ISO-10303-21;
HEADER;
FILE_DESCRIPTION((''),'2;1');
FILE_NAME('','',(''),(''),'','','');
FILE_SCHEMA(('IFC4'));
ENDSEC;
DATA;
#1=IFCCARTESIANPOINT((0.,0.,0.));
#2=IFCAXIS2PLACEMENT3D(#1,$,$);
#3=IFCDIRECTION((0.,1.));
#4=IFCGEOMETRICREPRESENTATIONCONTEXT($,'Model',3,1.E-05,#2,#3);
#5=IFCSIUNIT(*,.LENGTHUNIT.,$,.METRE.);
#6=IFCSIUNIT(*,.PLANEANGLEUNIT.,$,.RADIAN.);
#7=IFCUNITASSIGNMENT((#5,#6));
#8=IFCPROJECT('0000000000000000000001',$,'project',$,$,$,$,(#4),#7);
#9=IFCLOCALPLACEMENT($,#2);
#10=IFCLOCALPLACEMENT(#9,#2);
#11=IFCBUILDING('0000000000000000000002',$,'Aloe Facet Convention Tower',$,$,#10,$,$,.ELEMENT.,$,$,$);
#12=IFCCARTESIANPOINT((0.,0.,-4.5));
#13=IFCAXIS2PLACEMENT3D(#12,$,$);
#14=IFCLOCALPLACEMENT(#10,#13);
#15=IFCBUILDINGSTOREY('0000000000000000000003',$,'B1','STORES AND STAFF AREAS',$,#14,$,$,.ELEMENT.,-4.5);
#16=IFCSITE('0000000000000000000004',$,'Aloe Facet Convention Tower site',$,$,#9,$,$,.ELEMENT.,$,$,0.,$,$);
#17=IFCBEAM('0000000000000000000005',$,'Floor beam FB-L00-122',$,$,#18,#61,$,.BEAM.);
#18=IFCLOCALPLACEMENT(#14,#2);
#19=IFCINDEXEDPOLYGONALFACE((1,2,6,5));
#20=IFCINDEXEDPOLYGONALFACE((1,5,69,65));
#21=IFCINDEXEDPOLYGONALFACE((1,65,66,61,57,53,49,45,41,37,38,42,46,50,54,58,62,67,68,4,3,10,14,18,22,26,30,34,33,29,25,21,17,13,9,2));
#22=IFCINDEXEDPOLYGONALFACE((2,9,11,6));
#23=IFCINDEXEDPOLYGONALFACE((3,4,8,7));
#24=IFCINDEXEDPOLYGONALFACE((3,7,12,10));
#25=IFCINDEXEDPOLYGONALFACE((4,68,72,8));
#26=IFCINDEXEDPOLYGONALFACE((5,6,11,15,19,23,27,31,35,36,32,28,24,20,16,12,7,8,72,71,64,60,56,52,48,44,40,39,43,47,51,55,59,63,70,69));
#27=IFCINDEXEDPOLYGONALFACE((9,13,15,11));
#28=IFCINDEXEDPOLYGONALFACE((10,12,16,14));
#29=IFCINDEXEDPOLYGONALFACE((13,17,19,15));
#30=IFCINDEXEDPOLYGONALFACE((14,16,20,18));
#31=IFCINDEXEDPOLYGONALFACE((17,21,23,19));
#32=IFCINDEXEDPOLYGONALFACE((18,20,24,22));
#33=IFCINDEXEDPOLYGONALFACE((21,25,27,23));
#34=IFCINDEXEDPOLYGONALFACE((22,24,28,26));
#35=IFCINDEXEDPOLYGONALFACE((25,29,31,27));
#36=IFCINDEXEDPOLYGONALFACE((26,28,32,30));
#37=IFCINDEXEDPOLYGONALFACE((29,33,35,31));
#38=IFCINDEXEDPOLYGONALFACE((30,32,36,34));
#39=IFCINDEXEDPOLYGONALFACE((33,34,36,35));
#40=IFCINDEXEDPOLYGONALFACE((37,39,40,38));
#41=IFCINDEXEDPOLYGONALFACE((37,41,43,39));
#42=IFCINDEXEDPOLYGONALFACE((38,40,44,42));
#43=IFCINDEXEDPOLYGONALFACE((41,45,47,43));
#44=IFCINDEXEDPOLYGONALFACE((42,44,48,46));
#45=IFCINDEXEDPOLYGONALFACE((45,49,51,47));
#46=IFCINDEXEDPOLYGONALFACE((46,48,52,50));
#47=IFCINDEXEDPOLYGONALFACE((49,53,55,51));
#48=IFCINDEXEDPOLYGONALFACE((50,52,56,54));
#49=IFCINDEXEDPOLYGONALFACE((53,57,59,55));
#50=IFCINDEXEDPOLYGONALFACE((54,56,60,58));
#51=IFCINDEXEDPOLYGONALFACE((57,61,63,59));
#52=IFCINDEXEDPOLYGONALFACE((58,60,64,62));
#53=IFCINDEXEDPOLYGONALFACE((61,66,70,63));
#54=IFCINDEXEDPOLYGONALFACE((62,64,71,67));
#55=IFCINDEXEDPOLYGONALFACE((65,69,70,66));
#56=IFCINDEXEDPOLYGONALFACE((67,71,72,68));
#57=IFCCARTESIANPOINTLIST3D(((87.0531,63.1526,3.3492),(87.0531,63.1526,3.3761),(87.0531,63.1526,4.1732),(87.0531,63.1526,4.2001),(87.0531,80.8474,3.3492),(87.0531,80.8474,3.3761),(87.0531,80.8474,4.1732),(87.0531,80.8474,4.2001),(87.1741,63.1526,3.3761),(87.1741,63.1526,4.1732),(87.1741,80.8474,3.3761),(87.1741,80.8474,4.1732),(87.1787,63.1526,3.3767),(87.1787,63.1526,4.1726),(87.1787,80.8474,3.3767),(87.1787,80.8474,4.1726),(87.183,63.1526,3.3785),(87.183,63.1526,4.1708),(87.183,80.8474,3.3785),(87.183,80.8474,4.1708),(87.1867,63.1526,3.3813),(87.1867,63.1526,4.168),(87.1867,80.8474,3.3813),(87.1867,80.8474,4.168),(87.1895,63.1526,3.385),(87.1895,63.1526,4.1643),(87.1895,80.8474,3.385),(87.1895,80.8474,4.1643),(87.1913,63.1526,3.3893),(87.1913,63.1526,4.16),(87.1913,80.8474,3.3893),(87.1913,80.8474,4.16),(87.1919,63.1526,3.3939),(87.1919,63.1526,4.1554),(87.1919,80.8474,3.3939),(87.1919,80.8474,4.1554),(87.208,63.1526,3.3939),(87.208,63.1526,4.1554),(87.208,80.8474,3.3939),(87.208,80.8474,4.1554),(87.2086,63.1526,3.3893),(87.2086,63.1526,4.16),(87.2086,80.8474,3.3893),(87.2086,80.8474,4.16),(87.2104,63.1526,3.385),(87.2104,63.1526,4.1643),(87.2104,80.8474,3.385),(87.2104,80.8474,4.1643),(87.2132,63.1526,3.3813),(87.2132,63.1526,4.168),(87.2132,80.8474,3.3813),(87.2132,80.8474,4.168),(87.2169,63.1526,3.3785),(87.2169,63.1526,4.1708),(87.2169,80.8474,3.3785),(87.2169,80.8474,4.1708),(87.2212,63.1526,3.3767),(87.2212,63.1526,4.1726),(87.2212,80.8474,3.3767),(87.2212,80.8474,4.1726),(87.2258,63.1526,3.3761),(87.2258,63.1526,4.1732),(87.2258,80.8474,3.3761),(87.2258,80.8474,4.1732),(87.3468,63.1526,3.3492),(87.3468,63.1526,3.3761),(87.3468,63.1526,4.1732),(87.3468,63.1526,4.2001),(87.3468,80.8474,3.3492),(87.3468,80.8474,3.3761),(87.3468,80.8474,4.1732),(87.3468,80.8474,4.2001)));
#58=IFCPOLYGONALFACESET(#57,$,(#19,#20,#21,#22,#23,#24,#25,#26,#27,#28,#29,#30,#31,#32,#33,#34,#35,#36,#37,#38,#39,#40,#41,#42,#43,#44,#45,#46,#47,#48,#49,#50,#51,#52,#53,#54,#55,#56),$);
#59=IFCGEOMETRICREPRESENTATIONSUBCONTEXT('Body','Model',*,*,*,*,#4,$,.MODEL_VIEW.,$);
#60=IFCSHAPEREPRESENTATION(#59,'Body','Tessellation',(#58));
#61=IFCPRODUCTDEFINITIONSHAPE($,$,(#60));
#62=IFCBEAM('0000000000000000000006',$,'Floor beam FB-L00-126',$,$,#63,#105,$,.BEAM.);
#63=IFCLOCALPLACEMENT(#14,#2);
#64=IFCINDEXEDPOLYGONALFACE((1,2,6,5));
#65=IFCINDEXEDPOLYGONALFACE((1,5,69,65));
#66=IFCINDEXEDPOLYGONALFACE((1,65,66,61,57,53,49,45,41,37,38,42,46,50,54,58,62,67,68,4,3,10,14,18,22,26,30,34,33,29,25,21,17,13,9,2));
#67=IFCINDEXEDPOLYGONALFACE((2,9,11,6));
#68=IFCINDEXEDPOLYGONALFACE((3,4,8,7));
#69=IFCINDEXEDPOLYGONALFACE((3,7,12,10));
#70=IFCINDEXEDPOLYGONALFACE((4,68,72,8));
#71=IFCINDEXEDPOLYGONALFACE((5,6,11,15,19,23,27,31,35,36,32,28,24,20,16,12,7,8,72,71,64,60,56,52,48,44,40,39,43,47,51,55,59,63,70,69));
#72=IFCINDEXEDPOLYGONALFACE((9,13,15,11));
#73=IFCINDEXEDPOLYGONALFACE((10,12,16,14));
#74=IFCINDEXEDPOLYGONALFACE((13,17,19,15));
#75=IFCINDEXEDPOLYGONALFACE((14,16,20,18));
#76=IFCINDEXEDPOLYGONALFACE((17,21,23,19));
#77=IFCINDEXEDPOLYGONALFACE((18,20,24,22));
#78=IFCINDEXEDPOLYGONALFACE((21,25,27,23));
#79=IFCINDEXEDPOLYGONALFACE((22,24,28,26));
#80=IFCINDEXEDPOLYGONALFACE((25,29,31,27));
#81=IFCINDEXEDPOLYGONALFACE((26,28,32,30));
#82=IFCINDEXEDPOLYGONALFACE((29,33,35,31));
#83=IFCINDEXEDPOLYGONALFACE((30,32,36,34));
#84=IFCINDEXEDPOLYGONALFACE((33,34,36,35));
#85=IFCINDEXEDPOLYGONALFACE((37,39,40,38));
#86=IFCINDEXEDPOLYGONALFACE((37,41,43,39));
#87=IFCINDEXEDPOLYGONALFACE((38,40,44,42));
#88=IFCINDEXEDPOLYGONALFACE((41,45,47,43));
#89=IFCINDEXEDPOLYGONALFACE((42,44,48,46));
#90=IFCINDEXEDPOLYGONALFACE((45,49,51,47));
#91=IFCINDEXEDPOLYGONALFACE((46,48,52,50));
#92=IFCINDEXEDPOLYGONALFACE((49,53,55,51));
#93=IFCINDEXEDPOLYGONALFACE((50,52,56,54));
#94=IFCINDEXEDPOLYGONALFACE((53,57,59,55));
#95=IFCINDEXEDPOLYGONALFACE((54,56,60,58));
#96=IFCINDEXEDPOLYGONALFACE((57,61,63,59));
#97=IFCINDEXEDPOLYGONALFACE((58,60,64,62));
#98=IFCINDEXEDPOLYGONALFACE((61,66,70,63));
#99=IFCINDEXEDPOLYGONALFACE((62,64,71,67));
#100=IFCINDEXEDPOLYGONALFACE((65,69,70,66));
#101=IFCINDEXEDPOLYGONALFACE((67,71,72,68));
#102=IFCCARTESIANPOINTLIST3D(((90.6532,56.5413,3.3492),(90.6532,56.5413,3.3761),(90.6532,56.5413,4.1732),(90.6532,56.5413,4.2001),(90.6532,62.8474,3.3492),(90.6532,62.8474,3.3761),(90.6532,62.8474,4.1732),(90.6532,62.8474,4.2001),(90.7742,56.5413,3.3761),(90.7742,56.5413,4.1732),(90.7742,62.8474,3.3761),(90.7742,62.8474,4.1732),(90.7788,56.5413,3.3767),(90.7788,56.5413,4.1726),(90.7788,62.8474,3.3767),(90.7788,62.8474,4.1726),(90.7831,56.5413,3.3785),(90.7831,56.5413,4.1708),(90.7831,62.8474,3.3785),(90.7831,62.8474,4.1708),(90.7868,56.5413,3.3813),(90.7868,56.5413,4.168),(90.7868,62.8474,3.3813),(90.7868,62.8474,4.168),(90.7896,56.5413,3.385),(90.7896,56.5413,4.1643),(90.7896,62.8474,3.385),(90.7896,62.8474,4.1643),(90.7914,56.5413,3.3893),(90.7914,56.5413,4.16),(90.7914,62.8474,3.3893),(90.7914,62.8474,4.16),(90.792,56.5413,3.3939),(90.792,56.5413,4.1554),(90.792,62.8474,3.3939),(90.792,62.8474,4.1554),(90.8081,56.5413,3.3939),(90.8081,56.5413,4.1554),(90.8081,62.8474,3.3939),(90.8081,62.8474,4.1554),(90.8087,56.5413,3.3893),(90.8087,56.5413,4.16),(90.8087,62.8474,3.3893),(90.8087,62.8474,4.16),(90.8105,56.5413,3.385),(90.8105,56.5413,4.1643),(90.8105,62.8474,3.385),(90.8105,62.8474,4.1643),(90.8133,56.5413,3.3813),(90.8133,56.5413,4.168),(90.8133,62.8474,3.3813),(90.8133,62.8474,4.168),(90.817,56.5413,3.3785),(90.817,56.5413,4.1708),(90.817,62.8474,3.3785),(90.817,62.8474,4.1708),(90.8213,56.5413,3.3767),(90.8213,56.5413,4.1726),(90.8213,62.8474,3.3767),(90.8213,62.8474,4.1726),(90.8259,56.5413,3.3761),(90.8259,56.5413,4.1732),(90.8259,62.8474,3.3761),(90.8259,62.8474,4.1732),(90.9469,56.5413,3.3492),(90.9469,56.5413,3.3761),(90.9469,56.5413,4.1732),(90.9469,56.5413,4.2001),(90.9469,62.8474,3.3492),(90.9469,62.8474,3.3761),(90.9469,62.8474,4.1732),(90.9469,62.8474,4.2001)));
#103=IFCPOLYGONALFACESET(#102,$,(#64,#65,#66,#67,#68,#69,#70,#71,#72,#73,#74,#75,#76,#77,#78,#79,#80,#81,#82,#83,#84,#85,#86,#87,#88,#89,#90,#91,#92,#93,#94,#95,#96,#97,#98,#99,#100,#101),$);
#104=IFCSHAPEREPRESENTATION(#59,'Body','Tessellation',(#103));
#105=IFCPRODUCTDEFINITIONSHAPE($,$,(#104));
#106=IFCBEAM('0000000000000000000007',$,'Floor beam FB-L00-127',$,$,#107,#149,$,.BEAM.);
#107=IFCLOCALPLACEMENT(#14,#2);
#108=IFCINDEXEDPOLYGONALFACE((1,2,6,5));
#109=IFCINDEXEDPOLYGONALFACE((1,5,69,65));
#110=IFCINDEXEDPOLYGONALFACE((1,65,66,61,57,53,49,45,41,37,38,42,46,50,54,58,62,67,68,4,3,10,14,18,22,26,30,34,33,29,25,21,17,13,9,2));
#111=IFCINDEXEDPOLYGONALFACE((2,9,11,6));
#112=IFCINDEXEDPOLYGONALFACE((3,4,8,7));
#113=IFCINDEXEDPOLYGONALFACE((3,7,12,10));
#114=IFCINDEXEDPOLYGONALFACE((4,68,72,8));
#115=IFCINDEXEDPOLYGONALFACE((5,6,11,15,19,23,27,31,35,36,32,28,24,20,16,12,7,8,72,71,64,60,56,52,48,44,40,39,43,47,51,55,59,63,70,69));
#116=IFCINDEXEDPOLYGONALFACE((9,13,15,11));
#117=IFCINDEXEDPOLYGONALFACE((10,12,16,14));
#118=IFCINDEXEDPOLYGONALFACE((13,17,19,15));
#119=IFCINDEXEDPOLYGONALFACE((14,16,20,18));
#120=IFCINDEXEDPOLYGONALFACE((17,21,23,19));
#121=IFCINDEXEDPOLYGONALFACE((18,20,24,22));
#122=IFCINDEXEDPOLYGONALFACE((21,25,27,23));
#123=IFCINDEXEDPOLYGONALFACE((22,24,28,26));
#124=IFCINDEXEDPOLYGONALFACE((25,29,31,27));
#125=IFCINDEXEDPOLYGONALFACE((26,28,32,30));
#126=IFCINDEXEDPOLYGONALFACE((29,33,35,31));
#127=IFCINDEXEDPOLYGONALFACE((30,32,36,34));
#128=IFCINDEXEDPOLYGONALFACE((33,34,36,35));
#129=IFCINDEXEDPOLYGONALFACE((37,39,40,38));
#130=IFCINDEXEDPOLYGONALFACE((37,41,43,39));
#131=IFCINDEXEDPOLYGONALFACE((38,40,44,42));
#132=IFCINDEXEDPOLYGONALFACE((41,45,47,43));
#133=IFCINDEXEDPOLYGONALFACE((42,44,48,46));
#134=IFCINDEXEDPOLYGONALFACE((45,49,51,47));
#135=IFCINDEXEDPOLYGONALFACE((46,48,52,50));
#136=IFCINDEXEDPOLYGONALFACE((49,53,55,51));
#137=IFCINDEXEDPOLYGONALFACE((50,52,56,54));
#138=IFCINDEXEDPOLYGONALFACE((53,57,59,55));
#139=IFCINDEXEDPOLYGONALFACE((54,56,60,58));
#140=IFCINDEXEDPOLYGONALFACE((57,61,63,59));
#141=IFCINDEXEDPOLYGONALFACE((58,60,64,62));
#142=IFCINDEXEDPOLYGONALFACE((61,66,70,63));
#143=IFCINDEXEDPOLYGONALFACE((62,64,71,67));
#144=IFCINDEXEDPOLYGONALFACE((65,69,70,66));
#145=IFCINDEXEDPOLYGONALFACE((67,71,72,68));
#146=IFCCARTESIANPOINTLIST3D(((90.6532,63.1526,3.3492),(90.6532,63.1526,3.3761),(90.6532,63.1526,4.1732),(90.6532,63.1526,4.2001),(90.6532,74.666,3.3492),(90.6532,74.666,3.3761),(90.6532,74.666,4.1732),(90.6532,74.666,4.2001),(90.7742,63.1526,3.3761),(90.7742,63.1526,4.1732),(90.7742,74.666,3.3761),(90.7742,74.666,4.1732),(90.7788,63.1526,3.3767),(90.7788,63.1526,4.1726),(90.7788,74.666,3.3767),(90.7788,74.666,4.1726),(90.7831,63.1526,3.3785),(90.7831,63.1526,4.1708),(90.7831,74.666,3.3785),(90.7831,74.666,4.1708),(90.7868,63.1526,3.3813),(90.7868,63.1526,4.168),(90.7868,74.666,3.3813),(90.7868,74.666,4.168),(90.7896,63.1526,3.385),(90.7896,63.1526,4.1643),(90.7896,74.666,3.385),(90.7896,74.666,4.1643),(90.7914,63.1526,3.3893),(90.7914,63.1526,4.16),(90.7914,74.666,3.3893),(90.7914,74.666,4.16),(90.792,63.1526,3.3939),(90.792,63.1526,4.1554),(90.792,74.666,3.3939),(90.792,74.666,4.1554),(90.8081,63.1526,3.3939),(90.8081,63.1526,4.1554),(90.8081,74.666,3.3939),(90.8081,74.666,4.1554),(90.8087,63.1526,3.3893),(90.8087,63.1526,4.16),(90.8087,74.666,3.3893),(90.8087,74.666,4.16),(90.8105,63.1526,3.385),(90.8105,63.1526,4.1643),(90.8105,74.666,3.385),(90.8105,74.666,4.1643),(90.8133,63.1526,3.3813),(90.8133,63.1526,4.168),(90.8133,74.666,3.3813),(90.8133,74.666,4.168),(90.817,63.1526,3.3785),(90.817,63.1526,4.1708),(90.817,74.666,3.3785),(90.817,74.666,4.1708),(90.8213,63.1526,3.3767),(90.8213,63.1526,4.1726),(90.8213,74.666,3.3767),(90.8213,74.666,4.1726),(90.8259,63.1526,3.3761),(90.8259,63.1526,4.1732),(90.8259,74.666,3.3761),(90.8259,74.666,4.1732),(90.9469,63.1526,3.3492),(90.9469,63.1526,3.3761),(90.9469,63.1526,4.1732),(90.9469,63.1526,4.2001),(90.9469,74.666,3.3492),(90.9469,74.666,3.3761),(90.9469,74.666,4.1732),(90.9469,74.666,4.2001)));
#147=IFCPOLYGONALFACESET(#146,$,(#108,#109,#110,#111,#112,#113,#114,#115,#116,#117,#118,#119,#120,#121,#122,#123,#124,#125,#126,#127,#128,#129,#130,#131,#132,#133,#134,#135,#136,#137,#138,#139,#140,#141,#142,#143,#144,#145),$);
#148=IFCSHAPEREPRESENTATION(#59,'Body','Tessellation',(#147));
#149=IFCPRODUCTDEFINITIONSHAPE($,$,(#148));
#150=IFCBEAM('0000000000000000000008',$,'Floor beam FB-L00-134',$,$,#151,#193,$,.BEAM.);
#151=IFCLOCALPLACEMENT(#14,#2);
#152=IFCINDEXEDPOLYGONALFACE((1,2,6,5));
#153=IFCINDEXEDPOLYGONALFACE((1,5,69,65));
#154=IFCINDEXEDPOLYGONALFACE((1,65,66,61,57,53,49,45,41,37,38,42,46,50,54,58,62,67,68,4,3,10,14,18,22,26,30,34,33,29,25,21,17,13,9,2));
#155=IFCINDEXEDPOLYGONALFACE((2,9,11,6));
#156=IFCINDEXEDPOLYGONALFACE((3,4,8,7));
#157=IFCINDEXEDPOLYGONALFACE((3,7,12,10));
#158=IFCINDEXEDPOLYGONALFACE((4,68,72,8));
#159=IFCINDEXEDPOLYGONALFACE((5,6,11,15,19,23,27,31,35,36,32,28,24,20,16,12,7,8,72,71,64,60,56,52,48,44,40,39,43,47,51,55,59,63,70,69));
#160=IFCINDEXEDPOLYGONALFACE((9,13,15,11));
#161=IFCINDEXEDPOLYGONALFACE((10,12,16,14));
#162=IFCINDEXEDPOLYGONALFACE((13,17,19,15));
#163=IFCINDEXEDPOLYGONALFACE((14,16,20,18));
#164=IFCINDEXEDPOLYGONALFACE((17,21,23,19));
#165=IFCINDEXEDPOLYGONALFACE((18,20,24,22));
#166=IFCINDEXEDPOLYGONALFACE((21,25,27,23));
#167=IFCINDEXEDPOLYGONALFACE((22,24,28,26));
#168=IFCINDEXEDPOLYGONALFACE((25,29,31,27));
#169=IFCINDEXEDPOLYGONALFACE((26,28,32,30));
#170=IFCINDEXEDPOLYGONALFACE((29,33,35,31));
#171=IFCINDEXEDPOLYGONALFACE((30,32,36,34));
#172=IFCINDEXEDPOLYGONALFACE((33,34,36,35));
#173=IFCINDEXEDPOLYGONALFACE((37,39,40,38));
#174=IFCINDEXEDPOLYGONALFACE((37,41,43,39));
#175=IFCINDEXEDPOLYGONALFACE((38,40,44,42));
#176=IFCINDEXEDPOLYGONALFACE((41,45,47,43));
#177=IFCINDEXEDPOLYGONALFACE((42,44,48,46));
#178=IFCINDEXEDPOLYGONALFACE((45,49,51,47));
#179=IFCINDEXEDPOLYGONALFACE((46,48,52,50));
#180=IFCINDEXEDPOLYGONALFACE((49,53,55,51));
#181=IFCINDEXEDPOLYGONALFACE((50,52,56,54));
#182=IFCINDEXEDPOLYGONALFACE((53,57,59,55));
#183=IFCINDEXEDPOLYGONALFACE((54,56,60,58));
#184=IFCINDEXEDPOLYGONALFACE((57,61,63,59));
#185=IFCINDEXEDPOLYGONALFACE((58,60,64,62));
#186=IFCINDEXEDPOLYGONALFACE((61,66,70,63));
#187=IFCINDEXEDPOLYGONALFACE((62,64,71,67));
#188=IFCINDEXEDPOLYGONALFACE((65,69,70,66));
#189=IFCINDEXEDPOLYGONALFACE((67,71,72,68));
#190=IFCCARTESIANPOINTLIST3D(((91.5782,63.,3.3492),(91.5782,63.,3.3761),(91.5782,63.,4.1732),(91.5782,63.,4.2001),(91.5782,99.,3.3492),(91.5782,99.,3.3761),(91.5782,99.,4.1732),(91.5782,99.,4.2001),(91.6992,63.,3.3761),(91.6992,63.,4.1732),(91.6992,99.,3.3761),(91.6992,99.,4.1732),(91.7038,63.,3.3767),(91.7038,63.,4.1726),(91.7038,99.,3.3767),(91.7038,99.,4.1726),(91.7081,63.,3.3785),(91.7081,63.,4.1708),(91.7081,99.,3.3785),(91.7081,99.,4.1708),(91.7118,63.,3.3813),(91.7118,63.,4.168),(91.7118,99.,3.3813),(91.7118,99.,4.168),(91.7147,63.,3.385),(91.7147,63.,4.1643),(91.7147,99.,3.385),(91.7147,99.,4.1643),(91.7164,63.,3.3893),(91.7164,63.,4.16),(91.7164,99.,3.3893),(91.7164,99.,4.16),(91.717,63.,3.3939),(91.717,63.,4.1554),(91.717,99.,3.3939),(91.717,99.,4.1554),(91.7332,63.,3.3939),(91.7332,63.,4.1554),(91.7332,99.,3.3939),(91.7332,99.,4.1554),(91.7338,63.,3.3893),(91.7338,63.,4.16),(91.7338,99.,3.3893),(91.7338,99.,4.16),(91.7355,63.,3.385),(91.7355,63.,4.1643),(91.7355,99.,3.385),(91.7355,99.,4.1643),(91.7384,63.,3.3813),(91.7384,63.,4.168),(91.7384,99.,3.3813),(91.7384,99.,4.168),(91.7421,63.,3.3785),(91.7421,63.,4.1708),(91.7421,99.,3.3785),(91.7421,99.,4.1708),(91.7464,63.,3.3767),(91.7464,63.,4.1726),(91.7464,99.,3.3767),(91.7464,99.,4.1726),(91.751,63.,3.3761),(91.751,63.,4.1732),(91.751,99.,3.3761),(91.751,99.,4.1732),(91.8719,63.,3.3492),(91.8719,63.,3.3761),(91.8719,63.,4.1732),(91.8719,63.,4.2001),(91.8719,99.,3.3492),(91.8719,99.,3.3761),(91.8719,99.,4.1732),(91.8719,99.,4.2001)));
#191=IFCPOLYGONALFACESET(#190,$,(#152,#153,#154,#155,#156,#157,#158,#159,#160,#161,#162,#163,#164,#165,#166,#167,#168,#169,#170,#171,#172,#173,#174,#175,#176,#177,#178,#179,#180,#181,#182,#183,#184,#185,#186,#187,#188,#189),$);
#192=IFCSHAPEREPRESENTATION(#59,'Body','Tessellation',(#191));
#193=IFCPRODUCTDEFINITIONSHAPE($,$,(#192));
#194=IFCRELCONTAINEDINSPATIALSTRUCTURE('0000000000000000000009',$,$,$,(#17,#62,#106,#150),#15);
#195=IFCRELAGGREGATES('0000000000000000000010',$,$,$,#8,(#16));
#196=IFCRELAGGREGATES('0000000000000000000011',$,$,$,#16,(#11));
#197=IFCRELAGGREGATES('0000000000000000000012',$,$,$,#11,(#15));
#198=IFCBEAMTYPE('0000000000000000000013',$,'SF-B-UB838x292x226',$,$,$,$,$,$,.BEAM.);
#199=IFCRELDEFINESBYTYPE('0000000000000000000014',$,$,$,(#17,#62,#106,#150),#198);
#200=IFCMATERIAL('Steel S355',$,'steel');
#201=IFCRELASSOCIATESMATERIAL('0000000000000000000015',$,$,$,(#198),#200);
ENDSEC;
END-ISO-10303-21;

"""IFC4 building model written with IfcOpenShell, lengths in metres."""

from ifc_helpers import new_model, si_unit, direction, frame, origin, origin_2d, place, context, subcontext, project, spatial, i_section, extrude, material, material_profile, profile_set, type_object, element, save


model = new_model("IFC4")

# Units and contexts
model_context = context("Model", 3, precision=1e-05, world=origin(), true_north=direction((0.0, 1.0)))
body_context = subcontext(model_context, "Body", "Model", "MODEL_VIEW")
ifc_project = project(units=[si_unit("LENGTHUNIT", "METRE"), si_unit("PLANEANGLEUNIT", "RADIAN")], contexts=[model_context])

# Site, building, storey
site_placement = place(None, origin())
site = spatial("IfcSite", under=ifc_project, at=site_placement, Name="Aloe Facet Convention Tower site", CompositionType="ELEMENT", RefElevation=0.0)
building_placement = place(site_placement, origin())
building = spatial("IfcBuilding", under=site, at=building_placement, Name="Aloe Facet Convention Tower", CompositionType="ELEMENT")
storey_placement = place(building_placement, frame((0.0, 0.0, -4.5)))
storey = spatial("IfcBuildingStorey", under=building, at=storey_placement, Name="B1", Description="STORES AND STAFF AREAS", CompositionType="ELEMENT", Elevation=-4.5)

# Beams
ifc_material_1 = material(Name="Steel S355", Category="steel")
ifc_material_profile_1 = material_profile(ifc_material_1, i_section(OverallWidth=0.2937, OverallDepth=0.8508, WebThickness=0.0161, FlangeThickness=0.0269, FilletRadius=0.0178, at=origin_2d()), Name="UB 838x292x226")
ifc_profile_set_1 = profile_set([ifc_material_profile_1], Name="Steel S355")
beam_type_1 = type_object("IfcBeamType", Name="SF-B-UB838x292x226", PredefinedType="BEAM", material=ifc_profile_set_1)
beam_1_placement = place(storey_placement, frame((87.2, 63.1526, 3.7747), z_axis=(0.0, 1.0, 0.0), x_axis=(-1.0, 0.0, 0.0)))
element("IfcBeam", 1, at=beam_1_placement, inside=storey, type_object=beam_type_1, Name="Floor beam FB-L00-122", PredefinedType="BEAM", context=body_context, shape_type="SweptSolid", body=[
    extrude(i_section(OverallWidth=0.2937, OverallDepth=0.8508, WebThickness=0.0161, FlangeThickness=0.0269, FilletRadius=0.0178, at=origin_2d()), origin(), (0.0, 0.0, 1.0), 17.6948),
])
beam_2_placement = place(storey_placement, frame((90.8, 56.5413, 3.7747), z_axis=(0.0, 1.0, 0.0), x_axis=(-1.0, 0.0, 0.0)))
element("IfcBeam", 2, at=beam_2_placement, inside=storey, type_object=beam_type_1, Name="Floor beam FB-L00-126", PredefinedType="BEAM", context=body_context, shape_type="SweptSolid", body=[
    extrude(i_section(OverallWidth=0.2937, OverallDepth=0.8508, WebThickness=0.0161, FlangeThickness=0.0269, FilletRadius=0.0178, at=origin_2d()), origin(), (0.0, 0.0, 1.0), 6.3062),
])
beam_3_placement = place(storey_placement, frame((90.8, 63.1526, 3.7747), z_axis=(0.0, 1.0, 0.0), x_axis=(-1.0, 0.0, 0.0)))
element("IfcBeam", 3, at=beam_3_placement, inside=storey, type_object=beam_type_1, Name="Floor beam FB-L00-127", PredefinedType="BEAM", context=body_context, shape_type="SweptSolid", body=[
    extrude(i_section(OverallWidth=0.2937, OverallDepth=0.8508, WebThickness=0.0161, FlangeThickness=0.0269, FilletRadius=0.0178, at=origin_2d()), origin(), (0.0, 0.0, 1.0), 11.5134),
])
beam_4_placement = place(storey_placement, frame((91.7251, 63.0, 3.7747), z_axis=(0.0, 1.0, 0.0), x_axis=(-1.0, 0.0, 0.0)))
element("IfcBeam", 4, at=beam_4_placement, inside=storey, type_object=beam_type_1, Name="Floor beam FB-L00-134", PredefinedType="BEAM", context=body_context, shape_type="SweptSolid", body=[
    extrude(i_section(OverallWidth=0.2937, OverallDepth=0.8508, WebThickness=0.0161, FlangeThickness=0.0269, FilletRadius=0.0178, at=origin_2d()), origin(), (0.0, 0.0, 1.0), 36.0),
])

save(model, "model.ifc")
